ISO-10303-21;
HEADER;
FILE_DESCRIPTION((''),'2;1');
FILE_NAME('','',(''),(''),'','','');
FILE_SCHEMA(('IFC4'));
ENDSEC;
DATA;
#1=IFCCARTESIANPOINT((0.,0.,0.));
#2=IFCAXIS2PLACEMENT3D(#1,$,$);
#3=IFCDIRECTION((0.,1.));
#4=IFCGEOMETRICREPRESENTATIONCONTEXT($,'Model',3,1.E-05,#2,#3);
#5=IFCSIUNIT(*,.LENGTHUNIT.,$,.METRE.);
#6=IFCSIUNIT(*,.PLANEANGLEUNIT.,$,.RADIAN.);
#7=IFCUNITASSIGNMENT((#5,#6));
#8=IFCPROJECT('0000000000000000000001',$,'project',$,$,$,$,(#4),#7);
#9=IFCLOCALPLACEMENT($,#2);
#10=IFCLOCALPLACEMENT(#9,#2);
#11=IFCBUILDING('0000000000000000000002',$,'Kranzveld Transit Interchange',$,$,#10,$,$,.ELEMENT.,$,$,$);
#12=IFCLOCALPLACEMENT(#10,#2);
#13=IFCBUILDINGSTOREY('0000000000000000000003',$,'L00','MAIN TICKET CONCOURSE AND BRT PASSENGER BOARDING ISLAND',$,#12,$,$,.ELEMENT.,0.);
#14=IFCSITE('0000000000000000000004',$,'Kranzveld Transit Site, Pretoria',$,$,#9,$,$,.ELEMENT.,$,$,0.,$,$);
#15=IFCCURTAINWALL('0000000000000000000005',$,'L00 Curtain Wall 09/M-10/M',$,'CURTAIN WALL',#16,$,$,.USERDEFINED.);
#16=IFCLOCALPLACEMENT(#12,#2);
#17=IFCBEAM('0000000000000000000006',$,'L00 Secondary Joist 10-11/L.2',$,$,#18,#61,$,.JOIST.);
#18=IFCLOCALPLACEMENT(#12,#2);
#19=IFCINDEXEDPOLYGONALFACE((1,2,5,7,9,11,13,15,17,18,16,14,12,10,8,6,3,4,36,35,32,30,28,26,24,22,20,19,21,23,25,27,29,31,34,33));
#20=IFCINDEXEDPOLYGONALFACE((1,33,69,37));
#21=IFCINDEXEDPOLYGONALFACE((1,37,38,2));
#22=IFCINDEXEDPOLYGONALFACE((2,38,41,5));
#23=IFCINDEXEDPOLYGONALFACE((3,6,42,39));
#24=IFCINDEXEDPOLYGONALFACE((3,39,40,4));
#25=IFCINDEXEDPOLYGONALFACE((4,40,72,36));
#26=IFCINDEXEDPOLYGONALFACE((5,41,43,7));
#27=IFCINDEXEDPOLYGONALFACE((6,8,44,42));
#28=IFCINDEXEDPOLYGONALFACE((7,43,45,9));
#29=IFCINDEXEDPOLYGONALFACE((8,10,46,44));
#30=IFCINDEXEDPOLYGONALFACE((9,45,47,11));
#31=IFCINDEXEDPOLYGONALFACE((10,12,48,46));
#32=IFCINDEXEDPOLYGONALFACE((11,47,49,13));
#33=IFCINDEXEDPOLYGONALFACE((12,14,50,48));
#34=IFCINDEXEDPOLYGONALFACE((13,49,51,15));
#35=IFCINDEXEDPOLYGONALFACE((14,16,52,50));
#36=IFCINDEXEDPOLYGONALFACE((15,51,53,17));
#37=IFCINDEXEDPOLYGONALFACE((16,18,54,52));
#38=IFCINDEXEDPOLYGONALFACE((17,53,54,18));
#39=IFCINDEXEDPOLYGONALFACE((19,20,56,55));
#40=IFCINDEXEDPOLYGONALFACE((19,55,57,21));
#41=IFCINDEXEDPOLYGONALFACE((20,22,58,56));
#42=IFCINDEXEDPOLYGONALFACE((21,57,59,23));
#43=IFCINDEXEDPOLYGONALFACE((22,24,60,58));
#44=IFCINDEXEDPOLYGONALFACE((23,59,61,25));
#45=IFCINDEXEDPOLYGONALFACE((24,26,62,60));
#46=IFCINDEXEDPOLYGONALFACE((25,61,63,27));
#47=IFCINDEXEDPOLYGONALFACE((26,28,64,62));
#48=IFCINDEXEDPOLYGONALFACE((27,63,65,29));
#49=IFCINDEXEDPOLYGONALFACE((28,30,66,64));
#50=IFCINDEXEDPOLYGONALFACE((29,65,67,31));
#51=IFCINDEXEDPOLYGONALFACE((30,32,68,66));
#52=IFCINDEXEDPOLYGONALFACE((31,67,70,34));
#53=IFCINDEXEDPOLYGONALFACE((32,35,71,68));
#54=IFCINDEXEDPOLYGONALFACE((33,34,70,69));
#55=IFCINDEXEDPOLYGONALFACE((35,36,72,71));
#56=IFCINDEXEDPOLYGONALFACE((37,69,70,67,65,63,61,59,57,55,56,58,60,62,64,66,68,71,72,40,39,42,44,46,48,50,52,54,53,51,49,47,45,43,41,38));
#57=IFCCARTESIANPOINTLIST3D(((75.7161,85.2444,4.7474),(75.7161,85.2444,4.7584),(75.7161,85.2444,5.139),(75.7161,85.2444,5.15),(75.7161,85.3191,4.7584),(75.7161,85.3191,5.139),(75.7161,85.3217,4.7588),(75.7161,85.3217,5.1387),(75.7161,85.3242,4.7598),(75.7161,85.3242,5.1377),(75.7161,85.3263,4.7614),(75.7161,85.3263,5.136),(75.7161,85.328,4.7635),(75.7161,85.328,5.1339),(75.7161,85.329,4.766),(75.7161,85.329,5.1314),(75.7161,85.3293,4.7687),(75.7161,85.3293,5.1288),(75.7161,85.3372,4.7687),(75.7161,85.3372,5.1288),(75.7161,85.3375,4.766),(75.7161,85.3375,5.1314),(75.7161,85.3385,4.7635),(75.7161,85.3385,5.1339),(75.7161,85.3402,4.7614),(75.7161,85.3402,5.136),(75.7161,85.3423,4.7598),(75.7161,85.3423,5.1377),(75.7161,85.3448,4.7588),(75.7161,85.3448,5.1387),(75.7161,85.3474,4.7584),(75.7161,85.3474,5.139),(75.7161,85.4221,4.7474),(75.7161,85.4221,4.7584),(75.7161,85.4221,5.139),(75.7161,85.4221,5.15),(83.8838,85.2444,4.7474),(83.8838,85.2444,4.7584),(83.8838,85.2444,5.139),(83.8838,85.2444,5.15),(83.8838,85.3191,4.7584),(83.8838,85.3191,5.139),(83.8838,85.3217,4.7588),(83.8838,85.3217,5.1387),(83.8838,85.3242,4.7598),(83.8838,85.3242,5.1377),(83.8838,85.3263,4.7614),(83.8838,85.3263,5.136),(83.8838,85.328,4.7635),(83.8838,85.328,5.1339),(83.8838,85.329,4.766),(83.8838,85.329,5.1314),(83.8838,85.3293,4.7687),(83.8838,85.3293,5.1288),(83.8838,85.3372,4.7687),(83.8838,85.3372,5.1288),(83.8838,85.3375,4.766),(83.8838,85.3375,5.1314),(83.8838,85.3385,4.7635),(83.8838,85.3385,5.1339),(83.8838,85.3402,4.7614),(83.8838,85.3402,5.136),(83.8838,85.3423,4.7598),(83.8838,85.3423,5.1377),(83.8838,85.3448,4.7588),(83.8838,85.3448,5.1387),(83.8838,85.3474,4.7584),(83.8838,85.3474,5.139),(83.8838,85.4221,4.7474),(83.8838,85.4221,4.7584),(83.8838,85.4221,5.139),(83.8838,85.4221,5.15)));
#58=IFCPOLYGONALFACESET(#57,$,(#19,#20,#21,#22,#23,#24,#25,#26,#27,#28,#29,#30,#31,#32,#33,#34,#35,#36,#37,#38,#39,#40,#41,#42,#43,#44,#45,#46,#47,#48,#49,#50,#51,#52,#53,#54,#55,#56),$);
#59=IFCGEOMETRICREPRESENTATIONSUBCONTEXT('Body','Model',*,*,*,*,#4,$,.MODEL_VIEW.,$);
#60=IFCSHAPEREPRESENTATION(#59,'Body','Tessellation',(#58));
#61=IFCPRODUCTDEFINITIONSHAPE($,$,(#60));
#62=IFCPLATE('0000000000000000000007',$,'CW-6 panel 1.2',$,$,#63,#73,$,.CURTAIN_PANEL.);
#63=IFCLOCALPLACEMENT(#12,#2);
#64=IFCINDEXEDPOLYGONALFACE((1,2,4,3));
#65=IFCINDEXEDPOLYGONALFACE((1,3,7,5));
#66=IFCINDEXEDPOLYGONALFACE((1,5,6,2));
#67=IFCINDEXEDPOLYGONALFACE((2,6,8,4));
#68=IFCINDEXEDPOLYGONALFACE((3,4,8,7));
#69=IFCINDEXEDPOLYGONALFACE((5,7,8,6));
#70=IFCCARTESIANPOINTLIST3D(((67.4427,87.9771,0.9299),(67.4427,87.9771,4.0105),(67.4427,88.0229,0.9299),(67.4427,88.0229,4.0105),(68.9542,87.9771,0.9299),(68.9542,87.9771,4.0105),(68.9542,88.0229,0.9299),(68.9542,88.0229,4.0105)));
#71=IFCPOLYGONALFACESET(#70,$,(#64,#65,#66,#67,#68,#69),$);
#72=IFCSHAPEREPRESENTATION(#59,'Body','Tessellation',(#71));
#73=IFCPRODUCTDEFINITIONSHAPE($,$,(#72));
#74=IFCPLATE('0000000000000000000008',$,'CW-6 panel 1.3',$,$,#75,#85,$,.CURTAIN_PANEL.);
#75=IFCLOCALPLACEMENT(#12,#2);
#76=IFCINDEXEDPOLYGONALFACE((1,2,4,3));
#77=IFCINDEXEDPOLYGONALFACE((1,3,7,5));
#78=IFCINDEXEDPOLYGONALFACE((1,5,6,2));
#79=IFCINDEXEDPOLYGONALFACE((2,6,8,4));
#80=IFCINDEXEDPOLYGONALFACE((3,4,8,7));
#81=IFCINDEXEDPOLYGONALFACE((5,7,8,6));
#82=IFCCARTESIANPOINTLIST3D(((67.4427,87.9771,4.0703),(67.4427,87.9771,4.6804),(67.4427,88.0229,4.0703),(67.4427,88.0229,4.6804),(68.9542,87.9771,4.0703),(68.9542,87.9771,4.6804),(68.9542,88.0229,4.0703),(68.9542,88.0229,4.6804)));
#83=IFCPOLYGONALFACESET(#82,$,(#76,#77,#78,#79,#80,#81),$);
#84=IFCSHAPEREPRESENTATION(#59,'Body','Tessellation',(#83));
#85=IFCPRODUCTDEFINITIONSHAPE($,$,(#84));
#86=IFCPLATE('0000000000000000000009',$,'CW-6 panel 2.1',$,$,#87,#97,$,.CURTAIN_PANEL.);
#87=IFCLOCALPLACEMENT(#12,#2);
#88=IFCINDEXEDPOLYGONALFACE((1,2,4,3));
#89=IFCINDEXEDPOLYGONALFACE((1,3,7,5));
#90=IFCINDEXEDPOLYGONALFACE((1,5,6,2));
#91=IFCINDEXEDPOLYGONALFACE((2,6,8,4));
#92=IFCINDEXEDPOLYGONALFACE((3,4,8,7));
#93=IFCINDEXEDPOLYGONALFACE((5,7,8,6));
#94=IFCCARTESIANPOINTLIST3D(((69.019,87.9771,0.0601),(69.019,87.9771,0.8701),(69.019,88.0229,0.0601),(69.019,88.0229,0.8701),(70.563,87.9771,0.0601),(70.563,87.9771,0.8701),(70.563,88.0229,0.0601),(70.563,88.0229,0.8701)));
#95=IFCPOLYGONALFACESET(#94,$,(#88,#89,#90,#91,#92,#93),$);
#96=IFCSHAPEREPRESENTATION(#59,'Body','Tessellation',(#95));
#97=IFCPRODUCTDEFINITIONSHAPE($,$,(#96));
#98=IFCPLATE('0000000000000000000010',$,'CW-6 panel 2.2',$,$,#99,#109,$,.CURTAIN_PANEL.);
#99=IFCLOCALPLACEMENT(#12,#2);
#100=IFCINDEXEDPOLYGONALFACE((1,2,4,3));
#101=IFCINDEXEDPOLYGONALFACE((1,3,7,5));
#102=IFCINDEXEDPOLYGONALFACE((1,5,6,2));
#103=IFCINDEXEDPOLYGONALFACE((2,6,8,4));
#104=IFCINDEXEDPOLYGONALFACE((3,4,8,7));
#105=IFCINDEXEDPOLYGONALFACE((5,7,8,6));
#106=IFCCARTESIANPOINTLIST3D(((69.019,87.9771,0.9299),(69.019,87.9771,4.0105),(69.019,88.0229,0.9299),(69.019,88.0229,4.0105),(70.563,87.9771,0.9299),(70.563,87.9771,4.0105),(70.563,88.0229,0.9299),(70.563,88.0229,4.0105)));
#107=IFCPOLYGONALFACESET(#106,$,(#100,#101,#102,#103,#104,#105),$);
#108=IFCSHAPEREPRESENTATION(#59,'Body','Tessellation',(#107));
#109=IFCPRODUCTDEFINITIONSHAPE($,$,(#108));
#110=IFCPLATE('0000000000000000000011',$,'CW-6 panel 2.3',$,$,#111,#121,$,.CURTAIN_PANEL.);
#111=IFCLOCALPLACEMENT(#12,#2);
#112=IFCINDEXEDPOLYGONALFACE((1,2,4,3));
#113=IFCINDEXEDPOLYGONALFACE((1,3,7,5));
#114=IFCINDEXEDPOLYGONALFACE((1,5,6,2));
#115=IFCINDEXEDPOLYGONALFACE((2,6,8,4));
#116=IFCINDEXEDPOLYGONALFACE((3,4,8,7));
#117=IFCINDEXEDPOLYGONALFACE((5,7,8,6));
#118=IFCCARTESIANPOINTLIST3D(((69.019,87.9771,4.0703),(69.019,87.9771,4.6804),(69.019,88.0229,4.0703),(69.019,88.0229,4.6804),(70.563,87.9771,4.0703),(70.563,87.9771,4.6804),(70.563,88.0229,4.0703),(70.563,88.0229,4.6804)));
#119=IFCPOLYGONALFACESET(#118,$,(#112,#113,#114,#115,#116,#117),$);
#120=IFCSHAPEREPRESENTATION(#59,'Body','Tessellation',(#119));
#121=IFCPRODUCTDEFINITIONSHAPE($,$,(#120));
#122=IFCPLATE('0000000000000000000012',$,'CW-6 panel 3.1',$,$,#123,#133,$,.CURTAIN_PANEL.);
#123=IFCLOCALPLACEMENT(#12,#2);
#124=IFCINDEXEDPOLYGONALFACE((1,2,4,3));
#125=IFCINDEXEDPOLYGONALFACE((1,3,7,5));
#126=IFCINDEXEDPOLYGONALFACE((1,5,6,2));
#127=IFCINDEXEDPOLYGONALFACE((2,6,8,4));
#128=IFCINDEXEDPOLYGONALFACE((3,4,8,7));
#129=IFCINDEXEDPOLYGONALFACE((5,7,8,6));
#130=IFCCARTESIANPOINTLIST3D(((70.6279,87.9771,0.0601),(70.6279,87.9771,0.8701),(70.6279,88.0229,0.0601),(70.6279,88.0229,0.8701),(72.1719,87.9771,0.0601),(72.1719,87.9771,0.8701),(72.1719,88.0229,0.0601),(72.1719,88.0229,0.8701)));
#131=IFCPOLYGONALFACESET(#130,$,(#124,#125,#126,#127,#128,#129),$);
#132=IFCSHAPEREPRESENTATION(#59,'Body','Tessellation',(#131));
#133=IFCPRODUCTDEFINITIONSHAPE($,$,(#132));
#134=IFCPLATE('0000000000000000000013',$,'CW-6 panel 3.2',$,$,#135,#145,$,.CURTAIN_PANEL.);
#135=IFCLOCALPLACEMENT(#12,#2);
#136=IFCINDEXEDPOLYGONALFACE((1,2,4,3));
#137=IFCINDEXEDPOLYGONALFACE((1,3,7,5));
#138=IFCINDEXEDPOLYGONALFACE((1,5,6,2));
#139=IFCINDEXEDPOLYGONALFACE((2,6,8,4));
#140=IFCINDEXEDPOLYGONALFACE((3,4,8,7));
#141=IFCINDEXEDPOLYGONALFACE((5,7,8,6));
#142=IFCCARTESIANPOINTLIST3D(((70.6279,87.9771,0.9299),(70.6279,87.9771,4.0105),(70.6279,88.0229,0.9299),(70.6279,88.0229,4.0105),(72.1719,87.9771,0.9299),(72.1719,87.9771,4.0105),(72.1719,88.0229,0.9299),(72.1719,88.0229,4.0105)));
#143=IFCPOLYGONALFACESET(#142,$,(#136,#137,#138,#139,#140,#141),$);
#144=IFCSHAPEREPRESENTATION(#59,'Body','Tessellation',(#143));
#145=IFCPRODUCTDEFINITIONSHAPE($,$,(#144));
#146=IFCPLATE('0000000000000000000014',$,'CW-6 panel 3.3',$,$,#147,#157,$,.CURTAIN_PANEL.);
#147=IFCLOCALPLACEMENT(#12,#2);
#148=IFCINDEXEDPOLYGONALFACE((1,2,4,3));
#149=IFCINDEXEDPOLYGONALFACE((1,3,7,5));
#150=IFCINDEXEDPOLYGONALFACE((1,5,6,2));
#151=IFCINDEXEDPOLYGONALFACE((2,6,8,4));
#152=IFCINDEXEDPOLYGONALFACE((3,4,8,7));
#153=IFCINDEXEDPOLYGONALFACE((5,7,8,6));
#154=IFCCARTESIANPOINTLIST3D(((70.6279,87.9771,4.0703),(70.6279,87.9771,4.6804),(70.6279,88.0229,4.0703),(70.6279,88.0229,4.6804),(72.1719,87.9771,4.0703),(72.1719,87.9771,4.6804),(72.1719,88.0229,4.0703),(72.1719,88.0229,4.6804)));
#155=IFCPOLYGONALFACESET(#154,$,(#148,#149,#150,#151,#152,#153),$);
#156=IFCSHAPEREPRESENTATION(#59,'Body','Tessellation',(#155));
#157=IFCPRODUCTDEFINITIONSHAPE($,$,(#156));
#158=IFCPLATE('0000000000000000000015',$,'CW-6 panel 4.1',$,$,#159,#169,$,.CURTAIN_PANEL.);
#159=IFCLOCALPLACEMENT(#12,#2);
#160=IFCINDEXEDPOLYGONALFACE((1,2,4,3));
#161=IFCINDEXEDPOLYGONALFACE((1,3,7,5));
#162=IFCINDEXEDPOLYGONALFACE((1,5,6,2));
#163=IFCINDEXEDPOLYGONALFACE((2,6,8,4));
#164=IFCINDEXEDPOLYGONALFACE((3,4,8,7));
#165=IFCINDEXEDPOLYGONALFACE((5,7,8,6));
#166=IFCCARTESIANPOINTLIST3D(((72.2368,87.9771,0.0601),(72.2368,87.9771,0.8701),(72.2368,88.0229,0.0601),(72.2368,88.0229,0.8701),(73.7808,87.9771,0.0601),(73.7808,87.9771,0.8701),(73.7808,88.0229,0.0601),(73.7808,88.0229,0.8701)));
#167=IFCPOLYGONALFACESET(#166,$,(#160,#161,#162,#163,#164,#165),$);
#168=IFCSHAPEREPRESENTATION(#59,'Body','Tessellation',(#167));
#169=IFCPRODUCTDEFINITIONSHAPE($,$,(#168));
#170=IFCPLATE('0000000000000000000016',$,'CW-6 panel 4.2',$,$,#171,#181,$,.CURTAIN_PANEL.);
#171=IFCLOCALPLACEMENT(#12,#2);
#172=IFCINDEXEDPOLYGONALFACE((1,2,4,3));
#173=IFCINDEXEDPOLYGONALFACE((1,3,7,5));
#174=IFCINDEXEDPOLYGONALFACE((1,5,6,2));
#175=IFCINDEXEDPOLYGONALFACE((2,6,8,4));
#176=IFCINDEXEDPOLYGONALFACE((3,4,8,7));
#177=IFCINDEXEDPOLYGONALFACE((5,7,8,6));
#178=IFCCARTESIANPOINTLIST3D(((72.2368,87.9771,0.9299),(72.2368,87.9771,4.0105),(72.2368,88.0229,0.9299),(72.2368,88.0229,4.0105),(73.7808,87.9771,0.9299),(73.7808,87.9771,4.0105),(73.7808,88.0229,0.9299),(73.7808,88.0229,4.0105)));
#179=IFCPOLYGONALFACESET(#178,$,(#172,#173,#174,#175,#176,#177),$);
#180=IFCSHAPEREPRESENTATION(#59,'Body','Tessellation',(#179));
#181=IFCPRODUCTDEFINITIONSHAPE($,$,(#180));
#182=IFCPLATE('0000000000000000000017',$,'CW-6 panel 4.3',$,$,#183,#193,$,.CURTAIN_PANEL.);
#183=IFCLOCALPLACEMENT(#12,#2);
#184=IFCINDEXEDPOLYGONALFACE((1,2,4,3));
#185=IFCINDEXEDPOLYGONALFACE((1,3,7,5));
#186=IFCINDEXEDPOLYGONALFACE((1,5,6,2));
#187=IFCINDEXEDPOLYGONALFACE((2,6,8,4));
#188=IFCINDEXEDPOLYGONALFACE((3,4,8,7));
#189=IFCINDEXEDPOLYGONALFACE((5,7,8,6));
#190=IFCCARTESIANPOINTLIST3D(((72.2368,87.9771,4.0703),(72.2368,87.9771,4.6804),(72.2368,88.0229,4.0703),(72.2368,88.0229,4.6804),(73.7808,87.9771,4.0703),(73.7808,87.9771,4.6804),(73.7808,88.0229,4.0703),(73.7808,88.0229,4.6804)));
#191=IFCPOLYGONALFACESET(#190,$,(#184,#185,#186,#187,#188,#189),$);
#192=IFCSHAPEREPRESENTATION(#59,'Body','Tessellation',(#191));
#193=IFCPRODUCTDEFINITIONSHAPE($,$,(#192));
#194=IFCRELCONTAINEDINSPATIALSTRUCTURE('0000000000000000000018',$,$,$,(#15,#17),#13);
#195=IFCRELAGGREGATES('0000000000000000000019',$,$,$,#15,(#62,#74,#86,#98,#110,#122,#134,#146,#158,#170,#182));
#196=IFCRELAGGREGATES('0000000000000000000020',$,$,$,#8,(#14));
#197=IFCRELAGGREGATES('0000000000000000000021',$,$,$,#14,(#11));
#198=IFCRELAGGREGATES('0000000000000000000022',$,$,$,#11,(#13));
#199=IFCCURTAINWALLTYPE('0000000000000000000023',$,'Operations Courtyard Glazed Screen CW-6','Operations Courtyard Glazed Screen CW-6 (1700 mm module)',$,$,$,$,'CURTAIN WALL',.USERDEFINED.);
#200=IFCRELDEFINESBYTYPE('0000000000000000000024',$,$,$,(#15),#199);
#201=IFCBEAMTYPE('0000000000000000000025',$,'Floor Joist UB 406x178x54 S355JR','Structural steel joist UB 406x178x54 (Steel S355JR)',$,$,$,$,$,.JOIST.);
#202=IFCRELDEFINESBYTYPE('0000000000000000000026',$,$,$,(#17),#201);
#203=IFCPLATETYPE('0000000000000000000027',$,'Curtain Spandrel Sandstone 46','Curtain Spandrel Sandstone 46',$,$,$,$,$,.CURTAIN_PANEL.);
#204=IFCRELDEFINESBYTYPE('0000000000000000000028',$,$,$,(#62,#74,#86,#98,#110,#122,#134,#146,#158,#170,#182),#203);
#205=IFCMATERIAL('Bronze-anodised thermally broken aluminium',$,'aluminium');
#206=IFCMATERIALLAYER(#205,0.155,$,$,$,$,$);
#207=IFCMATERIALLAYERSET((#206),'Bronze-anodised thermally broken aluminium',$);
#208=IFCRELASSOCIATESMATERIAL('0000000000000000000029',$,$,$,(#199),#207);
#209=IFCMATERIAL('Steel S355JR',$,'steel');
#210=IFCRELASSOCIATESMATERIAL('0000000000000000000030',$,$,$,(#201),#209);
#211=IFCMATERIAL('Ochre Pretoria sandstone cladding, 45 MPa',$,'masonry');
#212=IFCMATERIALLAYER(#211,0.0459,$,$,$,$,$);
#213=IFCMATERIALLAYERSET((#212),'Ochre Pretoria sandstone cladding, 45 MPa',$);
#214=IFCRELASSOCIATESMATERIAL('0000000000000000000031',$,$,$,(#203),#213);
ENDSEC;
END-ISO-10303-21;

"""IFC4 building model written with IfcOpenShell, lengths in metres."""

from ifc_helpers import new_model, si_unit, direction, frame, origin, origin_2d, place, context, subcontext, project, spatial, rectangle, i_section, extrude, material, layer, layer_set, material_profile, profile_set, type_object, element, aggregate, save


model = new_model("IFC4")

# Units and contexts
model_context = context("Model", 3, precision=1e-05, world=origin(), true_north=direction((0.0, 1.0)))
body_context = subcontext(model_context, "Body", "Model", "MODEL_VIEW")
ifc_project = project(units=[si_unit("LENGTHUNIT", "METRE"), si_unit("PLANEANGLEUNIT", "RADIAN")], contexts=[model_context])

# Site, building, storey
site_placement = place(None, origin())
site = spatial("IfcSite", under=ifc_project, at=site_placement, Name="Kranzveld Transit Site, Pretoria", CompositionType="ELEMENT", RefElevation=0.0)
building_placement = place(site_placement, origin())
building = spatial("IfcBuilding", under=site, at=building_placement, Name="Kranzveld Transit Interchange", CompositionType="ELEMENT")
storey_placement = place(building_placement, origin())
storey = spatial("IfcBuildingStorey", under=building, at=storey_placement, Name="L00", Description="MAIN TICKET CONCOURSE AND BRT PASSENGER BOARDING ISLAND", CompositionType="ELEMENT", Elevation=0.0)

# Curtain wall
ifc_material_1 = material(Name="Bronze-anodised thermally broken aluminium", Category="aluminium")
ifc_layer_1 = layer(ifc_material_1, 0.155)
ifc_layer_set_1 = layer_set([ifc_layer_1], Name="Bronze-anodised thermally broken aluminium")
curtain_wall_type = type_object("IfcCurtainWallType", Name="Operations Courtyard Glazed Screen CW-6", Description="Operations Courtyard Glazed Screen CW-6 (1700 mm module)", ElementType="CURTAIN WALL", PredefinedType="USERDEFINED", material=ifc_layer_set_1)
curtain_wall_placement = place(storey_placement, origin())
curtain_wall = element("IfcCurtainWall", 1, at=curtain_wall_placement, inside=storey, type_object=curtain_wall_type, Name="L00 Curtain Wall 09/M-10/M", ObjectType="CURTAIN WALL", PredefinedType="USERDEFINED")

# Beam
ifc_material_2 = material(Name="Steel S355JR", Category="steel")
ifc_material_profile_1 = material_profile(ifc_material_2, i_section(OverallWidth=0.1777, OverallDepth=0.4026, WebThickness=0.0078, FlangeThickness=0.011, FilletRadius=0.0103, at=origin_2d()), Name="UB 406x178x54")
ifc_profile_set_1 = profile_set([ifc_material_profile_1], Name="Steel S355JR")
beam_type = type_object("IfcBeamType", Name="Floor Joist UB 406x178x54 S355JR", Description="Structural steel joist UB 406x178x54 (Steel S355JR)", PredefinedType="JOIST", material=ifc_profile_set_1)
beam_placement = place(storey_placement, frame((75.7161, 85.3333, 4.9487), z_axis=(1.0, 0.0, 0.0), x_axis=(0.0, 1.0, 0.0)))
element("IfcBeam", 2, at=beam_placement, inside=storey, type_object=beam_type, Name="L00 Secondary Joist 10-11/L.2", PredefinedType="JOIST", context=body_context, shape_type="SweptSolid", body=[
    extrude(i_section(OverallWidth=0.1777, OverallDepth=0.4026, WebThickness=0.0078, FlangeThickness=0.011, FilletRadius=0.0103, at=origin_2d()), origin(), (0.0, 0.0, 1.0), 8.1677),
])

# Plates
ifc_material_3 = material(Name="Ochre Pretoria sandstone cladding, 45 MPa", Category="masonry")
ifc_layer_2 = layer(ifc_material_3, 0.0459)
ifc_layer_set_2 = layer_set([ifc_layer_2], Name="Ochre Pretoria sandstone cladding, 45 MPa")
plate_type = type_object("IfcPlateType", Name="Curtain Spandrel Sandstone 46", Description="Curtain Spandrel Sandstone 46", PredefinedType="CURTAIN_PANEL", material=ifc_layer_set_2)
plate_1_placement = place(storey_placement, frame((68.1985, 88.0, 0.9299), z_axis=(0.0, 0.0, 1.0), x_axis=(1.0, 0.0, 0.0)))
plate_1 = element("IfcPlate", 3, at=plate_1_placement, type_object=plate_type, Name="CW-6 panel 1.2", PredefinedType="CURTAIN_PANEL", context=body_context, shape_type="SweptSolid", body=[
    extrude(rectangle(XDim=1.5115, YDim=0.0459, at=origin_2d()), origin(), (0.0, 0.0, 1.0), 3.0806),
])
plate_2_placement = place(storey_placement, frame((68.1985, 88.0, 4.0703), z_axis=(0.0, 0.0, 1.0), x_axis=(1.0, 0.0, 0.0)))
plate_2 = element("IfcPlate", 4, at=plate_2_placement, type_object=plate_type, Name="CW-6 panel 1.3", PredefinedType="CURTAIN_PANEL", context=body_context, shape_type="SweptSolid", body=[
    extrude(rectangle(XDim=1.5115, YDim=0.0459, at=origin_2d()), origin(), (0.0, 0.0, 1.0), 0.6101),
])
plate_3_placement = place(storey_placement, frame((69.791, 88.0, 0.0601), z_axis=(0.0, 0.0, 1.0), x_axis=(1.0, 0.0, 0.0)))
plate_3 = element("IfcPlate", 5, at=plate_3_placement, type_object=plate_type, Name="CW-6 panel 2.1", PredefinedType="CURTAIN_PANEL", context=body_context, shape_type="SweptSolid", body=[
    extrude(rectangle(XDim=1.5439, YDim=0.0459, at=origin_2d()), origin(), (0.0, 0.0, 1.0), 0.8101),
])
plate_4_placement = place(storey_placement, frame((69.791, 88.0, 0.9299), z_axis=(0.0, 0.0, 1.0), x_axis=(1.0, 0.0, 0.0)))
plate_4 = element("IfcPlate", 6, at=plate_4_placement, type_object=plate_type, Name="CW-6 panel 2.2", PredefinedType="CURTAIN_PANEL", context=body_context, shape_type="SweptSolid", body=[
    extrude(rectangle(XDim=1.5439, YDim=0.0459, at=origin_2d()), origin(), (0.0, 0.0, 1.0), 3.0806),
])
plate_5_placement = place(storey_placement, frame((69.791, 88.0, 4.0703), z_axis=(0.0, 0.0, 1.0), x_axis=(1.0, 0.0, 0.0)))
plate_5 = element("IfcPlate", 7, at=plate_5_placement, type_object=plate_type, Name="CW-6 panel 2.3", PredefinedType="CURTAIN_PANEL", context=body_context, shape_type="SweptSolid", body=[
    extrude(rectangle(XDim=1.5439, YDim=0.0459, at=origin_2d()), origin(), (0.0, 0.0, 1.0), 0.6101),
])
plate_6_placement = place(storey_placement, frame((71.3999, 88.0, 0.0601), z_axis=(0.0, 0.0, 1.0), x_axis=(1.0, 0.0, 0.0)))
plate_6 = element("IfcPlate", 8, at=plate_6_placement, type_object=plate_type, Name="CW-6 panel 3.1", PredefinedType="CURTAIN_PANEL", context=body_context, shape_type="SweptSolid", body=[
    extrude(rectangle(XDim=1.5439, YDim=0.0459, at=origin_2d()), origin(), (0.0, 0.0, 1.0), 0.8101),
])
plate_7_placement = place(storey_placement, frame((71.3999, 88.0, 0.9299), z_axis=(0.0, 0.0, 1.0), x_axis=(1.0, 0.0, 0.0)))
plate_7 = element("IfcPlate", 9, at=plate_7_placement, type_object=plate_type, Name="CW-6 panel 3.2", PredefinedType="CURTAIN_PANEL", context=body_context, shape_type="SweptSolid", body=[
    extrude(rectangle(XDim=1.5439, YDim=0.0459, at=origin_2d()), origin(), (0.0, 0.0, 1.0), 3.0806),
])
plate_8_placement = place(storey_placement, frame((71.3999, 88.0, 4.0703), z_axis=(0.0, 0.0, 1.0), x_axis=(1.0, 0.0, 0.0)))
plate_8 = element("IfcPlate", 10, at=plate_8_placement, type_object=plate_type, Name="CW-6 panel 3.3", PredefinedType="CURTAIN_PANEL", context=body_context, shape_type="SweptSolid", body=[
    extrude(rectangle(XDim=1.5439, YDim=0.0459, at=origin_2d()), origin(), (0.0, 0.0, 1.0), 0.6101),
])
plate_9_placement = place(storey_placement, frame((73.0088, 88.0, 0.0601), z_axis=(0.0, 0.0, 1.0), x_axis=(1.0, 0.0, 0.0)))
plate_9 = element("IfcPlate", 11, at=plate_9_placement, type_object=plate_type, Name="CW-6 panel 4.1", PredefinedType="CURTAIN_PANEL", context=body_context, shape_type="SweptSolid", body=[
    extrude(rectangle(XDim=1.5439, YDim=0.0459, at=origin_2d()), origin(), (0.0, 0.0, 1.0), 0.8101),
])
plate_10_placement = place(storey_placement, frame((73.0088, 88.0, 0.9299), z_axis=(0.0, 0.0, 1.0), x_axis=(1.0, 0.0, 0.0)))
plate_10 = element("IfcPlate", 12, at=plate_10_placement, type_object=plate_type, Name="CW-6 panel 4.2", PredefinedType="CURTAIN_PANEL", context=body_context, shape_type="SweptSolid", body=[
    extrude(rectangle(XDim=1.5439, YDim=0.0459, at=origin_2d()), origin(), (0.0, 0.0, 1.0), 3.0806),
])
plate_11_placement = place(storey_placement, frame((73.0088, 88.0, 4.0703), z_axis=(0.0, 0.0, 1.0), x_axis=(1.0, 0.0, 0.0)))
plate_11 = element("IfcPlate", 13, at=plate_11_placement, type_object=plate_type, Name="CW-6 panel 4.3", PredefinedType="CURTAIN_PANEL", context=body_context, shape_type="SweptSolid", body=[
    extrude(rectangle(XDim=1.5439, YDim=0.0459, at=origin_2d()), origin(), (0.0, 0.0, 1.0), 0.6101),
])
aggregate(curtain_wall, [plate_1, plate_2, plate_3, plate_4, plate_5, plate_6, plate_7, plate_8, plate_9, plate_10, plate_11])

save(model, "model.ifc")
